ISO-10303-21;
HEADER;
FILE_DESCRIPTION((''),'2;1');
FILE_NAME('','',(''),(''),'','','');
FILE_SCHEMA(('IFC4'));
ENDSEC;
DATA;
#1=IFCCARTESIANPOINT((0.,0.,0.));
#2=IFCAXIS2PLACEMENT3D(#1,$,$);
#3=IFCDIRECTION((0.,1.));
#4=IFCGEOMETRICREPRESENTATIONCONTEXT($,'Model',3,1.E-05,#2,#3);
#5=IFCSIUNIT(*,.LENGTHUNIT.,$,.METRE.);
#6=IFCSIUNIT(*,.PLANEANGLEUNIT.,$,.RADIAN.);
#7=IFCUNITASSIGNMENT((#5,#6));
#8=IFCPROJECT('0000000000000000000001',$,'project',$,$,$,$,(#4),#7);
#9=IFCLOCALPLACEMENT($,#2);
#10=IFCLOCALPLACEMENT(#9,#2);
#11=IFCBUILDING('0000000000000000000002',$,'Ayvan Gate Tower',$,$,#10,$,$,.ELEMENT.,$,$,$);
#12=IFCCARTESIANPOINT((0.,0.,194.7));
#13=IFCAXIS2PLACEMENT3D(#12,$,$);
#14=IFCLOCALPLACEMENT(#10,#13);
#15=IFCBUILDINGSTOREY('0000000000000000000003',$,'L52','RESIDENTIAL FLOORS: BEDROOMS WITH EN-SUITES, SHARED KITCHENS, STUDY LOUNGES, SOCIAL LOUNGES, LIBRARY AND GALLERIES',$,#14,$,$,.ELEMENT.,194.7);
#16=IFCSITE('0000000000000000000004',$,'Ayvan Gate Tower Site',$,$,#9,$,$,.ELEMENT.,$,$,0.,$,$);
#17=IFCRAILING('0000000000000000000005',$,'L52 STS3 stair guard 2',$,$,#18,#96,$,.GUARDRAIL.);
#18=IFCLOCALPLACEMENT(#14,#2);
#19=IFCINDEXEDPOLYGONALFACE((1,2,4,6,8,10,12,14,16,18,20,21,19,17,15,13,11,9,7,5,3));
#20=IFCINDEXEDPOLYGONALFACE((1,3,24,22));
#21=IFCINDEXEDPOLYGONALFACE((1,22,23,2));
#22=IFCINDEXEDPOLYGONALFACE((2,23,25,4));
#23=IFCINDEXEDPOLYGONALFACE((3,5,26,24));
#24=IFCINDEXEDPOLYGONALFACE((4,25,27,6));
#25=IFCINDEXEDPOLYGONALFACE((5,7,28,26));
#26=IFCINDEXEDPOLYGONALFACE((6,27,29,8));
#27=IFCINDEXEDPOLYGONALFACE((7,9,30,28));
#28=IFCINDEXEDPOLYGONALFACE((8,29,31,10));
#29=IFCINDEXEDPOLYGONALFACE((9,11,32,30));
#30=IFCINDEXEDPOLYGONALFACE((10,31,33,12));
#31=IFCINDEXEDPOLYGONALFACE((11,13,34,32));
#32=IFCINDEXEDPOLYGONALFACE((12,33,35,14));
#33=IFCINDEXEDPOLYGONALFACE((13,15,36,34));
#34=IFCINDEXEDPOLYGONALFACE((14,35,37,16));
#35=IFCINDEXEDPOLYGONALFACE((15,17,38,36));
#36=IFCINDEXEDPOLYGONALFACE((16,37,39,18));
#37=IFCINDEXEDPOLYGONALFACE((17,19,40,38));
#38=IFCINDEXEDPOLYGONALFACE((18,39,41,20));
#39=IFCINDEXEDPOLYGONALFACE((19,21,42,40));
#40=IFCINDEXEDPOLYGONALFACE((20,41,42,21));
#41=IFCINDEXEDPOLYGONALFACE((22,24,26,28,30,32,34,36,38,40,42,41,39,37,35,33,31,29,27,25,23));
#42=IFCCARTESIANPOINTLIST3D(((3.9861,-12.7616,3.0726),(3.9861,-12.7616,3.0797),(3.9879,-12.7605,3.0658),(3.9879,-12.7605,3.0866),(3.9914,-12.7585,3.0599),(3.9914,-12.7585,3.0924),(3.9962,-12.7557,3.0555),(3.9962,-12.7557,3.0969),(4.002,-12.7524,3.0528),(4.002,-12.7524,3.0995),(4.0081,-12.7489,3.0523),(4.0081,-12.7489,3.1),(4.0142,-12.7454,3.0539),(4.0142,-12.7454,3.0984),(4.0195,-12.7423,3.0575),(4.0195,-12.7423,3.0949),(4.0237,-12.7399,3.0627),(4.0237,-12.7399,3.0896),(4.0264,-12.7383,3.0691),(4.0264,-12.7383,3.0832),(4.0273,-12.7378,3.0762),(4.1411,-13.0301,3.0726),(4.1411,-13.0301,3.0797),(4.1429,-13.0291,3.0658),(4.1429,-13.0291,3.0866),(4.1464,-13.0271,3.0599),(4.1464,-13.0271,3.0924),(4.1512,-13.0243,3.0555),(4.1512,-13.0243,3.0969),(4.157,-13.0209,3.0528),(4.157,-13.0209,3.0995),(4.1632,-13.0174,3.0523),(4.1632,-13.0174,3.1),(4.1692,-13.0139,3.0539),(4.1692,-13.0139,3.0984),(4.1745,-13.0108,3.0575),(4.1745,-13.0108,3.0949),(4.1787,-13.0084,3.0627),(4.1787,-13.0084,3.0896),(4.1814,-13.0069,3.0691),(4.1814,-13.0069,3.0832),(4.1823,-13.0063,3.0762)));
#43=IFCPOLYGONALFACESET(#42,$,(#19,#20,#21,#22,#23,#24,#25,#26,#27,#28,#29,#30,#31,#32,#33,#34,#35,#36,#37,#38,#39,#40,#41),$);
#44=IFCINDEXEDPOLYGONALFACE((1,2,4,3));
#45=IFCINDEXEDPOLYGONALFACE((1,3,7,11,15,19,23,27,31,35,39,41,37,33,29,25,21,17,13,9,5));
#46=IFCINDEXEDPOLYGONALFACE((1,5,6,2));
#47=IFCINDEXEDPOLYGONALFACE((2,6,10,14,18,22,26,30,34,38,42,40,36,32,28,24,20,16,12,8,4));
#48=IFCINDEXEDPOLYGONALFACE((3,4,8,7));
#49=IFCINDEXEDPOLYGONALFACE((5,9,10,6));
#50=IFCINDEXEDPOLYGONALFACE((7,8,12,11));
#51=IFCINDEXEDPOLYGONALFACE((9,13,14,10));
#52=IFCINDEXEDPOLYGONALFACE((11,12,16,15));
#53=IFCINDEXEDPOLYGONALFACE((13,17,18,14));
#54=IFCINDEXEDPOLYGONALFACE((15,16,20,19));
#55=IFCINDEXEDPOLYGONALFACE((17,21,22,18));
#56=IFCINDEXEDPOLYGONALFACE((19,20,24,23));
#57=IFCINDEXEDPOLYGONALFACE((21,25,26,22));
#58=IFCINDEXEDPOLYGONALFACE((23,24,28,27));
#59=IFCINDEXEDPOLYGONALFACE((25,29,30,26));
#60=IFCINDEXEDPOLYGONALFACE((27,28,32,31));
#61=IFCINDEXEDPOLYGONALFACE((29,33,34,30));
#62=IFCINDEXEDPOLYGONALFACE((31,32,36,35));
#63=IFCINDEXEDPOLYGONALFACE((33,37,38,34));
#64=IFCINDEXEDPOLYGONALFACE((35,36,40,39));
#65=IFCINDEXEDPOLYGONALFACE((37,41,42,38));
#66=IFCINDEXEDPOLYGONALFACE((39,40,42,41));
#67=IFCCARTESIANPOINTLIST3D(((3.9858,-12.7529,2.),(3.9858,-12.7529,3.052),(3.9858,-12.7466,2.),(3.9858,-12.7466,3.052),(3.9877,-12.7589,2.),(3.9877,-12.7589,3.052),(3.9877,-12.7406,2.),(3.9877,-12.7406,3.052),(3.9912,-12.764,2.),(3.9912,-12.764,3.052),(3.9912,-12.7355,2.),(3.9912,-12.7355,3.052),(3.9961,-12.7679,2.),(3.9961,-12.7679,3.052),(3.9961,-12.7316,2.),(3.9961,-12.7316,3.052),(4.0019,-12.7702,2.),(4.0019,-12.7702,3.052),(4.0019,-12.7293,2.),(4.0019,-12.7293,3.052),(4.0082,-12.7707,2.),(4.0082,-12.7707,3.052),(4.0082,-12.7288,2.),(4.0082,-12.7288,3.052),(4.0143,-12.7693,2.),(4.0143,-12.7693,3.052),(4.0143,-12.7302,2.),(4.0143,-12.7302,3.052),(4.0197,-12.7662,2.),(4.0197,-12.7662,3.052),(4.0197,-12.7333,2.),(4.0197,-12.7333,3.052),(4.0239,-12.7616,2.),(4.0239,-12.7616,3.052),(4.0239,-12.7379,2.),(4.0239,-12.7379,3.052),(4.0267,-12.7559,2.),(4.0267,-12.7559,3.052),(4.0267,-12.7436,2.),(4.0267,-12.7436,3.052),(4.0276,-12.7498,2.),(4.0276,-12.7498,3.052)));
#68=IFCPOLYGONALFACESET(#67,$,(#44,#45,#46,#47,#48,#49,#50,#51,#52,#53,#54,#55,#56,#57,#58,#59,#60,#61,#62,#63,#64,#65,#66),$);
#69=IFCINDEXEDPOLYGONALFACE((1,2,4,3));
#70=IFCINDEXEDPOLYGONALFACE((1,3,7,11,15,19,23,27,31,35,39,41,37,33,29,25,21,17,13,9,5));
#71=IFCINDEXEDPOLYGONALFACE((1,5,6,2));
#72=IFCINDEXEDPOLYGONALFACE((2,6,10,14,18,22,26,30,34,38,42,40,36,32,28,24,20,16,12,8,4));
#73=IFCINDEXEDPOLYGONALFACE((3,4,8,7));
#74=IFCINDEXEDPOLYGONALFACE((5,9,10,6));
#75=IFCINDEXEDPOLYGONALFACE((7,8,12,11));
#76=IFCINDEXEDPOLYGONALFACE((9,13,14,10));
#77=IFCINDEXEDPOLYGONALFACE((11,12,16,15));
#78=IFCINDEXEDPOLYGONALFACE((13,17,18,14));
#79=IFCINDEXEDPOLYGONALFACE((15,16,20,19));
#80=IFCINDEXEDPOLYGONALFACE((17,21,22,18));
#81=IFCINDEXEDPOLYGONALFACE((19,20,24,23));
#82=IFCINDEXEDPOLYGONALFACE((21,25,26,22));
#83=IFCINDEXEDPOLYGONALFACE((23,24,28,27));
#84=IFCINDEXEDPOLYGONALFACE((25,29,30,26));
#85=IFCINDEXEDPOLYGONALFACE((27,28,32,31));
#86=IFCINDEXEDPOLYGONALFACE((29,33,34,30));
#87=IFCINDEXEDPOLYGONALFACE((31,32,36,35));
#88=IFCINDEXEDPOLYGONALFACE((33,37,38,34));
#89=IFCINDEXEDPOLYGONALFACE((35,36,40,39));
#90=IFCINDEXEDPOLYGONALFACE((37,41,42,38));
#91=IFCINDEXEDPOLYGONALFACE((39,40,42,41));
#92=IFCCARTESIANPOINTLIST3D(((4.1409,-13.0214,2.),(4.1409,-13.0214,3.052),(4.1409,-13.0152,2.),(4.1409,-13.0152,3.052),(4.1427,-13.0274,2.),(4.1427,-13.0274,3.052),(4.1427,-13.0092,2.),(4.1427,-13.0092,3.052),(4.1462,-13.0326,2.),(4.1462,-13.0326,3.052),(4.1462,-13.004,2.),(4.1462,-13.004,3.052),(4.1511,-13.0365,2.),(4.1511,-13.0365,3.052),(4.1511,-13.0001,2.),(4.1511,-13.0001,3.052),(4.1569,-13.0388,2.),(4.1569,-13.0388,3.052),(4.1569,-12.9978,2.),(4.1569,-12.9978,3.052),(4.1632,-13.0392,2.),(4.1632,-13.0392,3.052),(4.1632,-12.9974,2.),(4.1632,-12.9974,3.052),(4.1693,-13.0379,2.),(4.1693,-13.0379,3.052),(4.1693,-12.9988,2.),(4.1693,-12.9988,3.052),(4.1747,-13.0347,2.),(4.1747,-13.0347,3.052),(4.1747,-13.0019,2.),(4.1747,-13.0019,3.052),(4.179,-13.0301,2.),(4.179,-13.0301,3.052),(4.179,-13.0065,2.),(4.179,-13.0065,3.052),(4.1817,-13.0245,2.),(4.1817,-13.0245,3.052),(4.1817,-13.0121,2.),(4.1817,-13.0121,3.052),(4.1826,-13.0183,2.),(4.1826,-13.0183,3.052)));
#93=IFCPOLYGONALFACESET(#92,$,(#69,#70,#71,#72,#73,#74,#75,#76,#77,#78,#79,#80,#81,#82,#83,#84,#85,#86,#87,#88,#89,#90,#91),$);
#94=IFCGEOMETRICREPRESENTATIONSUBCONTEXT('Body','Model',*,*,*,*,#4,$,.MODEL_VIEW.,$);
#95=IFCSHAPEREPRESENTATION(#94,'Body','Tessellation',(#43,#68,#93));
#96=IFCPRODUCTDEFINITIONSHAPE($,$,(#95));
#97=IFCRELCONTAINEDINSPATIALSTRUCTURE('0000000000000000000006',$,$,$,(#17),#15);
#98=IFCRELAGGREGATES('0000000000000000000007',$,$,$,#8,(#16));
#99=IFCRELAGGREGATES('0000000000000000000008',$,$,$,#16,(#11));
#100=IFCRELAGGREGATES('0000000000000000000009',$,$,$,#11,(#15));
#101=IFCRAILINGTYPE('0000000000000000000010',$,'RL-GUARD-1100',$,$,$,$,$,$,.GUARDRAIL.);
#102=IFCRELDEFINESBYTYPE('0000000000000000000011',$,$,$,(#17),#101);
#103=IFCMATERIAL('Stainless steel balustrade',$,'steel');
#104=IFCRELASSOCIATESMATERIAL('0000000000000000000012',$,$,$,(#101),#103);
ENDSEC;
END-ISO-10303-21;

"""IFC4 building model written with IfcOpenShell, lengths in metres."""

from ifc_helpers import new_model, si_unit, direction, frame, origin, origin_2d, place, context, subcontext, project, spatial, circle, extrude, material, type_object, element, save


model = new_model("IFC4")

# Units and contexts
model_context = context("Model", 3, precision=1e-05, world=origin(), true_north=direction((0.0, 1.0)))
body_context = subcontext(model_context, "Body", "Model", "MODEL_VIEW")
ifc_project = project(units=[si_unit("LENGTHUNIT", "METRE"), si_unit("PLANEANGLEUNIT", "RADIAN")], contexts=[model_context])

# Site, building, storey
site_placement = place(None, origin())
site = spatial("IfcSite", under=ifc_project, at=site_placement, Name="Ayvan Gate Tower Site", CompositionType="ELEMENT", RefElevation=0.0)
building_placement = place(site_placement, origin())
building = spatial("IfcBuilding", under=site, at=building_placement, Name="Ayvan Gate Tower", CompositionType="ELEMENT")
storey_placement = place(building_placement, frame((0.0, 0.0, 194.7)))
storey = spatial("IfcBuildingStorey", under=building, at=storey_placement, Name="L52", Description="RESIDENTIAL FLOORS: BEDROOMS WITH EN-SUITES, SHARED KITCHENS, STUDY LOUNGES, SOCIAL LOUNGES, LIBRARY AND GALLERIES", CompositionType="ELEMENT", Elevation=194.7)

# Railing
ifc_material_1 = material(Name="Stainless steel balustrade", Category="steel")
railing_type_1 = type_object("IfcRailingType", Name="RL-GUARD-1100", PredefinedType="GUARDRAIL", material=ifc_material_1)
railing_1_placement = place(storey_placement, frame((4.0066, -12.7498, 2.0)))
element("IfcRailing", 1, at=railing_1_placement, inside=storey, type_object=railing_type_1, Name="L52 STS3 stair guard 2", PredefinedType="GUARDRAIL", context=body_context, shape_type="SweptSolid", body=[
    extrude(circle(Radius=0.0239, at=origin_2d()), frame((0.0, 0.0, 1.0762), z_axis=(0.49995, -0.866054, 0.0), x_axis=(0.866054, 0.49995, 0.0)), (0.0, 0.0, 1.0), 0.3101),
    extrude(circle(Radius=0.021, at=origin_2d()), origin(), (0.0, 0.0, 1.0), 1.052),
    extrude(circle(Radius=0.021, at=origin_2d()), frame((0.155, -0.2686, 0.0)), (0.0, 0.0, 1.0), 1.052),
])

save(model, "model.ifc")
